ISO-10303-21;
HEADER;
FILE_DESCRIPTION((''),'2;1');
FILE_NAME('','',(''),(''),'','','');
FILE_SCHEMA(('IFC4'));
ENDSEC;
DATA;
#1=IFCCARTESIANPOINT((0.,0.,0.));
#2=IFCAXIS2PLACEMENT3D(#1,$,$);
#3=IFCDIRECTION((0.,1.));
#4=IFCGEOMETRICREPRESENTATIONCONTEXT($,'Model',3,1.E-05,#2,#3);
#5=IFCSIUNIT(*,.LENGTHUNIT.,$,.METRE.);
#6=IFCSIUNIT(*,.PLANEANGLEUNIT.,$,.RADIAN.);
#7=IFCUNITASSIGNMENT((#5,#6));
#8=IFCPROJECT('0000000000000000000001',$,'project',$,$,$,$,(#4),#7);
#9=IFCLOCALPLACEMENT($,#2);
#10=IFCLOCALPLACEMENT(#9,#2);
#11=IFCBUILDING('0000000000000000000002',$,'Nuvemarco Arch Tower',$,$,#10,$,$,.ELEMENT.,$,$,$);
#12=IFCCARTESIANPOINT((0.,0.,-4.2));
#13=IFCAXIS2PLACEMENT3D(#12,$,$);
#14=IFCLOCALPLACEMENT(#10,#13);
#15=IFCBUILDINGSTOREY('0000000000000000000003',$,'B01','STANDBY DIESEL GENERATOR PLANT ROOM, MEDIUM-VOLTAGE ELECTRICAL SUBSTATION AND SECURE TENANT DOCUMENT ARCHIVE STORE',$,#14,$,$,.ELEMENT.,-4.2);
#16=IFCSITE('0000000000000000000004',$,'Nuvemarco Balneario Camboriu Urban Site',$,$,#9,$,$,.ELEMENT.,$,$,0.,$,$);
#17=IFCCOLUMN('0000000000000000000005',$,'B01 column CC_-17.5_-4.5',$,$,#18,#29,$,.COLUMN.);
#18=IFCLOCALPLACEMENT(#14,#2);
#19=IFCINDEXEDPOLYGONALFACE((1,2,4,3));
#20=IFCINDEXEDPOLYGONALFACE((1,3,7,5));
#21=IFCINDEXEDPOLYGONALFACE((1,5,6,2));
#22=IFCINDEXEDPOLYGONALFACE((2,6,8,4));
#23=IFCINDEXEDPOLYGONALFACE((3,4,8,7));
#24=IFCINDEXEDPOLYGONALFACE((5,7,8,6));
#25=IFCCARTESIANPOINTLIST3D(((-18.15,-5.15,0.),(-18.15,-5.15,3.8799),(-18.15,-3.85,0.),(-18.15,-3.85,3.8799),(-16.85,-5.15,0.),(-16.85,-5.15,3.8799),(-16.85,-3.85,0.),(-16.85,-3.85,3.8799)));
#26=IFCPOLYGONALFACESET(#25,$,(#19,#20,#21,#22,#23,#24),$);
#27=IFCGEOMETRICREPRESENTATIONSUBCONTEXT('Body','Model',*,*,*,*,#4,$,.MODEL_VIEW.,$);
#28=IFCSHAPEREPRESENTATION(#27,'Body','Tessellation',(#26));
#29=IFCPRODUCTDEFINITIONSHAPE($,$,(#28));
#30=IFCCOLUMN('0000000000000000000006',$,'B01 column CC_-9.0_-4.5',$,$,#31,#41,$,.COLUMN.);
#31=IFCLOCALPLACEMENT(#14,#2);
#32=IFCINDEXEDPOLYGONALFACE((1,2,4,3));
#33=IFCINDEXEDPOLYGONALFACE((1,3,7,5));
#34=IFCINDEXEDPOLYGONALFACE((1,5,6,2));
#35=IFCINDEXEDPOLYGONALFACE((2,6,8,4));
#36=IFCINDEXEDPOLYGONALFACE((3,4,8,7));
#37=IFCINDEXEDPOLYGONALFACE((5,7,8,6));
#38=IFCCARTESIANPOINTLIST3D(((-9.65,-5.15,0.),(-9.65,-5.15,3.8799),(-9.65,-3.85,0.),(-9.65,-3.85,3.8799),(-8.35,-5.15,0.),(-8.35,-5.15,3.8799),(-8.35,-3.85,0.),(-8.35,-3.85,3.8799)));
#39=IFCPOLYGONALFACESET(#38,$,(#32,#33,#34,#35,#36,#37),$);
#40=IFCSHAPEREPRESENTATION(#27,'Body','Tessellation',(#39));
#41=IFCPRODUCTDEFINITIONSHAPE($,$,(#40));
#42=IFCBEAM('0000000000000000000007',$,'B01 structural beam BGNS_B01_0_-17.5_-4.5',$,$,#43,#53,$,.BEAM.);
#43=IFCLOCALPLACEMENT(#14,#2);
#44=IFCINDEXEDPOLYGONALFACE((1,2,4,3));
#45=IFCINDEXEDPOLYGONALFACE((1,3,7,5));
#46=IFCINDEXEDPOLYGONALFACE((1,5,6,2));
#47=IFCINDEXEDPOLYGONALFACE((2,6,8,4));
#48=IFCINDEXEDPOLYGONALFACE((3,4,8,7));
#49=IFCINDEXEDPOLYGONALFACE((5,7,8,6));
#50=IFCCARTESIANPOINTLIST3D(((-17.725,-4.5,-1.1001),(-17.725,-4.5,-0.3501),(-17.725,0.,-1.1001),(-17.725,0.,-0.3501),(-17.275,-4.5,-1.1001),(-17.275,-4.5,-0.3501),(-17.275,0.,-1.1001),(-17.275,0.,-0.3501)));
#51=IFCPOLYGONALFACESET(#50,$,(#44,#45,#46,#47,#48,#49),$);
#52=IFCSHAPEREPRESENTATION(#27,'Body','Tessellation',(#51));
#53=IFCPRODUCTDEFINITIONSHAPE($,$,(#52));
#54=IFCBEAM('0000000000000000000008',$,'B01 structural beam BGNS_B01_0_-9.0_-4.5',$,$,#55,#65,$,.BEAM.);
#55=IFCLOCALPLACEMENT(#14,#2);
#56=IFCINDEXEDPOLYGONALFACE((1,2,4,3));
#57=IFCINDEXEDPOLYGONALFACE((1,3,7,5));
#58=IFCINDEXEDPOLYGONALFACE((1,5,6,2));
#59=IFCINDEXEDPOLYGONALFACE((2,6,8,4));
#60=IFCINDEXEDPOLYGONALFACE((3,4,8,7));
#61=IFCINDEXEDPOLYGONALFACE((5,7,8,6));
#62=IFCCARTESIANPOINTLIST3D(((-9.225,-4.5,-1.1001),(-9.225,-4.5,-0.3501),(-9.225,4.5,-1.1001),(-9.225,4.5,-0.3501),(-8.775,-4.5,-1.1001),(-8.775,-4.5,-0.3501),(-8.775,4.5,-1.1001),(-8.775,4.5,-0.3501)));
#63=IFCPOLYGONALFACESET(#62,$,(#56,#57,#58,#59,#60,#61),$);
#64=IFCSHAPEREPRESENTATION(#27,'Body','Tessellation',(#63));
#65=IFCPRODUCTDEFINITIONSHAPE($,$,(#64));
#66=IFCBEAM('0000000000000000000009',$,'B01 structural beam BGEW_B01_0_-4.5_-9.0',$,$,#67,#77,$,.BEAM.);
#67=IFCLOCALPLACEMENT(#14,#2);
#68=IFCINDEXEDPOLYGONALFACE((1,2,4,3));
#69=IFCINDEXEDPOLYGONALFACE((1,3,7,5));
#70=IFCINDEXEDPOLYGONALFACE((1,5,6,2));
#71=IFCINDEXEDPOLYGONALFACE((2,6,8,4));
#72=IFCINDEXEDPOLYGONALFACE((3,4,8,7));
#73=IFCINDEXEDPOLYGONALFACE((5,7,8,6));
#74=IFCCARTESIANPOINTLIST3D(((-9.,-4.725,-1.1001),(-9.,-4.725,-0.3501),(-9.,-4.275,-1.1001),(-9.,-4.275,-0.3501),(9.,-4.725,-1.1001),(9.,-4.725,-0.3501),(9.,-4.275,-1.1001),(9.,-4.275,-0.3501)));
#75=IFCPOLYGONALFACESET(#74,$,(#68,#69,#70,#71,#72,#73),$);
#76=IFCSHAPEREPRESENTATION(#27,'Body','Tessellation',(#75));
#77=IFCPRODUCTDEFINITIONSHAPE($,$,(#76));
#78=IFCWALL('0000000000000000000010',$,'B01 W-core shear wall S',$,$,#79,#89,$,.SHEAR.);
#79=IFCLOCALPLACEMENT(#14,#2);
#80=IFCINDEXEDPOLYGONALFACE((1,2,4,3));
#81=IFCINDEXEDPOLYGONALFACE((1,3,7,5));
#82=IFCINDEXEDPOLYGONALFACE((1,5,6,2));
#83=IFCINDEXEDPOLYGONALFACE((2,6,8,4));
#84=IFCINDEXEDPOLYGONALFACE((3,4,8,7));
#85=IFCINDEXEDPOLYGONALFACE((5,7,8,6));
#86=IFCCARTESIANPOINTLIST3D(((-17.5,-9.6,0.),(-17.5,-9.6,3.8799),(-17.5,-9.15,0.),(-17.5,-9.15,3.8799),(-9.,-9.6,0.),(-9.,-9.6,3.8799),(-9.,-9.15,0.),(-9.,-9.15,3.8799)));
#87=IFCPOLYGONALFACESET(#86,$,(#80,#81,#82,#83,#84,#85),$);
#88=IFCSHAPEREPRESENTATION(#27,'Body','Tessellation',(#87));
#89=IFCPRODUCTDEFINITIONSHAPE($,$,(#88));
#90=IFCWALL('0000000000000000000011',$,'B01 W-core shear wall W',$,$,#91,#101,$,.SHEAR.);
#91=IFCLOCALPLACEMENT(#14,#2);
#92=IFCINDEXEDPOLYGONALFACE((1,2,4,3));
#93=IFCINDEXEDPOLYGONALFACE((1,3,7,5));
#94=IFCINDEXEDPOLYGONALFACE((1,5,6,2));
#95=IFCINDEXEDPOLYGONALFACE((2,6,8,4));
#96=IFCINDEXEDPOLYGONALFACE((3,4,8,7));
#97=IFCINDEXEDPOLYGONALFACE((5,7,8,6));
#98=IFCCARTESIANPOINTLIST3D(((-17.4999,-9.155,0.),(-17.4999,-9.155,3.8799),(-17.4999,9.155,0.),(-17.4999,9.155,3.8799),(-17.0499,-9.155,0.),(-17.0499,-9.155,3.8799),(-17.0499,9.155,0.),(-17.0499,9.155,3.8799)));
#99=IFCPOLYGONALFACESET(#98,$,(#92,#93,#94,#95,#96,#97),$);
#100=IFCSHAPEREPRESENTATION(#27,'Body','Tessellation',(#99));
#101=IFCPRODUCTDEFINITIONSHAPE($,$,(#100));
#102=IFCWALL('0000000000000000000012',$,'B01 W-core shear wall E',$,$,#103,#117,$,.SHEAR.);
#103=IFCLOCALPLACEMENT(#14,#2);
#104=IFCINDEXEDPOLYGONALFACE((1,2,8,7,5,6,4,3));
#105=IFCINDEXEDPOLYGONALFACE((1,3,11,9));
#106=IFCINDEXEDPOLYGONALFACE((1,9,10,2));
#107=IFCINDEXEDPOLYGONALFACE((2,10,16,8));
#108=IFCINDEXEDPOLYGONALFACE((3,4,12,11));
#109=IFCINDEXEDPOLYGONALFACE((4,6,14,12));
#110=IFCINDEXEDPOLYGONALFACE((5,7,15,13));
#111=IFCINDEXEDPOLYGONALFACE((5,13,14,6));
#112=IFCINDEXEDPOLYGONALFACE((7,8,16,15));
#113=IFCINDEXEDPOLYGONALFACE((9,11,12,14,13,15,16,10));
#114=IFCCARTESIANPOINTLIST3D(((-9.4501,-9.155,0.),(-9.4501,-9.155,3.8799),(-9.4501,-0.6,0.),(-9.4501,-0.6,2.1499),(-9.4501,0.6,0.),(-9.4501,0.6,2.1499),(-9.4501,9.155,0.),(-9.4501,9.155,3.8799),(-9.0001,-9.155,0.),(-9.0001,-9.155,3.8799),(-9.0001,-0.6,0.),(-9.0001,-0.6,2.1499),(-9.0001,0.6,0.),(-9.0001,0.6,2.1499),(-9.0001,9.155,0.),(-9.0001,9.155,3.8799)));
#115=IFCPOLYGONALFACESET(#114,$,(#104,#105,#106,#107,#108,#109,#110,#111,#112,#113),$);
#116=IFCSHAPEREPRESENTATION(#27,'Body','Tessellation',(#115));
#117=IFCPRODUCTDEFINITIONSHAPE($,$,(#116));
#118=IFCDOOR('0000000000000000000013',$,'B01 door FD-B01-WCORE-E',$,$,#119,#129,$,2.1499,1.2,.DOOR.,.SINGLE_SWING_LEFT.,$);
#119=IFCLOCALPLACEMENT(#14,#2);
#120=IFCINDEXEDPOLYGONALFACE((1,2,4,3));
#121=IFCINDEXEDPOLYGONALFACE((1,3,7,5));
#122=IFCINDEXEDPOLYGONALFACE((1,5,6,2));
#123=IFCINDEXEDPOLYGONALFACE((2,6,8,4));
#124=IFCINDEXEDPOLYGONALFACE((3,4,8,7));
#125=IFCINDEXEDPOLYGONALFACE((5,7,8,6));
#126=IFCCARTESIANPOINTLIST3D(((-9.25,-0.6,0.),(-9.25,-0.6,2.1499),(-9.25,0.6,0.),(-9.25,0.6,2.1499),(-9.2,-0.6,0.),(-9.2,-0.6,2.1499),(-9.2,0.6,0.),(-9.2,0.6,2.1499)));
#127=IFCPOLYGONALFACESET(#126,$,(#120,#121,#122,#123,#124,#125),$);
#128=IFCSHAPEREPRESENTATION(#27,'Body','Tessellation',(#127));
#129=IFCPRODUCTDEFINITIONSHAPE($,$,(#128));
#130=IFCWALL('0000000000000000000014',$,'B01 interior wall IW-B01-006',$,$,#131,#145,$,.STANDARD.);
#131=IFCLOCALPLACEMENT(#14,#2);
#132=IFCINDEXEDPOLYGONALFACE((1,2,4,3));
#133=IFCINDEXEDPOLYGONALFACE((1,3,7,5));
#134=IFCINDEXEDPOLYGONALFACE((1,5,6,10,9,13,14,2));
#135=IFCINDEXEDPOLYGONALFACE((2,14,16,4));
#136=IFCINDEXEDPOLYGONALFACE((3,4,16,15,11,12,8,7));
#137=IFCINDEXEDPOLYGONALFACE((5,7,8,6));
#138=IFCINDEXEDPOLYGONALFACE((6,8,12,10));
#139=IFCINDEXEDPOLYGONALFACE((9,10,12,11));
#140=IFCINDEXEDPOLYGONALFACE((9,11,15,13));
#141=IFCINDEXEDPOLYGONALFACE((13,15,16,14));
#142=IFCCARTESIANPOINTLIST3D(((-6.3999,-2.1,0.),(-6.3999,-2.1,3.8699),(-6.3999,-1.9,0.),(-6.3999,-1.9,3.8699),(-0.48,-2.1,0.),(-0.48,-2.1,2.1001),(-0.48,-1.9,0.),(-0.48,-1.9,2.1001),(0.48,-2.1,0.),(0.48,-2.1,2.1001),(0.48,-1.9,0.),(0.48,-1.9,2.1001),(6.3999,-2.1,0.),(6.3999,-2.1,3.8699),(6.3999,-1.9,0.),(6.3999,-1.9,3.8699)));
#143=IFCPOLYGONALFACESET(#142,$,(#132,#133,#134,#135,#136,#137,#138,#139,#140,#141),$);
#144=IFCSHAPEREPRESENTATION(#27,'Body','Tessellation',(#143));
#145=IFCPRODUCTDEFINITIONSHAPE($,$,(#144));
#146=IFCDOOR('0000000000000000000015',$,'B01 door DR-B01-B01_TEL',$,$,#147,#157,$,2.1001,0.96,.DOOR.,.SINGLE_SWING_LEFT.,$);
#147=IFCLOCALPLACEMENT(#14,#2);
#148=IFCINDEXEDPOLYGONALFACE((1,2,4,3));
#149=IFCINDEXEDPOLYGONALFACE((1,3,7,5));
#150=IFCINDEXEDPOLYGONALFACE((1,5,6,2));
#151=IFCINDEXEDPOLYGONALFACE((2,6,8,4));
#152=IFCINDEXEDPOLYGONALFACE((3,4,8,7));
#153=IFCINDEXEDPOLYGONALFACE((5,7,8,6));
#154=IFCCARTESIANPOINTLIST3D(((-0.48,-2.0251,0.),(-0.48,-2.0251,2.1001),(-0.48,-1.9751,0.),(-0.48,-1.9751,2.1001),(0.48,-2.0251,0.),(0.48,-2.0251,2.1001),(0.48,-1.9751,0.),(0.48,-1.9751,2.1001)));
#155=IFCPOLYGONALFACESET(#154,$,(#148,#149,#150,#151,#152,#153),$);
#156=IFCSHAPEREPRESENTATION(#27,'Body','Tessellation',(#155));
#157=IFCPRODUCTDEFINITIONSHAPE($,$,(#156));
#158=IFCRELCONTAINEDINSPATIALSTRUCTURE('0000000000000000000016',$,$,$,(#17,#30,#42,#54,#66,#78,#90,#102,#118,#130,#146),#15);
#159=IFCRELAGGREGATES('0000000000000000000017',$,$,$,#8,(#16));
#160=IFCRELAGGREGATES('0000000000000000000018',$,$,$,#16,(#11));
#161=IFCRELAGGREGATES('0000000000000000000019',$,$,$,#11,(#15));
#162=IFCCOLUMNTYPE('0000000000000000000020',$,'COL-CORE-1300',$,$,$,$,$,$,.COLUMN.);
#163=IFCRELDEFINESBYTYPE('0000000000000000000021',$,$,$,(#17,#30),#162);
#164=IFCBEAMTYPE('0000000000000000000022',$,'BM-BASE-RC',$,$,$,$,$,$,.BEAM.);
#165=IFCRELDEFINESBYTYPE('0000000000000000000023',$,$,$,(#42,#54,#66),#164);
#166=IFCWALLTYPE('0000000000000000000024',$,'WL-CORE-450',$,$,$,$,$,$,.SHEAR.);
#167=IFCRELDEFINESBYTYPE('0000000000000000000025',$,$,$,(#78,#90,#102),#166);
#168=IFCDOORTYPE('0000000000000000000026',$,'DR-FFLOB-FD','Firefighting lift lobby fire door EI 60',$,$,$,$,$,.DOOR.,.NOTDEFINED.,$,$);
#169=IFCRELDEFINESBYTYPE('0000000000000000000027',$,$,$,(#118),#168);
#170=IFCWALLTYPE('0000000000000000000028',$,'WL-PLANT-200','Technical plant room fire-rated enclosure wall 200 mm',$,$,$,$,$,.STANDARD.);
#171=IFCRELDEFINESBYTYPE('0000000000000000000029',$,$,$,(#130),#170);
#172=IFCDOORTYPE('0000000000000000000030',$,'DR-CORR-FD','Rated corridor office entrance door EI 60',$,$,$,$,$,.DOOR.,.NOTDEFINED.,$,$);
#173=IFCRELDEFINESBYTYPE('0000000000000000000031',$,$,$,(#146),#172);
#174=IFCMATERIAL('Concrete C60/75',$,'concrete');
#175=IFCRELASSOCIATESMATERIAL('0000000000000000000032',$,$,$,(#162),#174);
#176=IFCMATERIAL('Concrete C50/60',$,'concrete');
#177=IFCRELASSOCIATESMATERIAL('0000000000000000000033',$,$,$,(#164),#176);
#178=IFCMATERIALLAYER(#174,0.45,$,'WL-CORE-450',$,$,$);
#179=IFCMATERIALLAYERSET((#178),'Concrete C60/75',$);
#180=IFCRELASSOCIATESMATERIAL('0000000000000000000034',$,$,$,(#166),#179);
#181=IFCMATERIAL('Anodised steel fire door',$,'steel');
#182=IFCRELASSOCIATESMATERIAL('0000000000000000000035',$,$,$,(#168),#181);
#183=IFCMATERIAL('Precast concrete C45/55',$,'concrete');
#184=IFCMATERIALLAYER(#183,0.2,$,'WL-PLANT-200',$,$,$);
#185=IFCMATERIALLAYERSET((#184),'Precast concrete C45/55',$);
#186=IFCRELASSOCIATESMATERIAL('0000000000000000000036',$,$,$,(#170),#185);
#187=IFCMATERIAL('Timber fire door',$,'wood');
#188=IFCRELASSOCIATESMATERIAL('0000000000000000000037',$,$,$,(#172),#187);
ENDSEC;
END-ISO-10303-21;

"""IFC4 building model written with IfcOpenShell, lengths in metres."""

from ifc_helpers import new_model, si_unit, direction, frame, frame_2d, origin, origin_2d, place, context, subcontext, project, spatial, rectangle, extrude, source, transform, mapped, material, layer, layer_set, material_profile, profile_set, type_object, type_shapes, element, fill, save


model = new_model("IFC4")

# Units and contexts
model_context = context("Model", 3, precision=1e-05, world=origin(), true_north=direction((0.0, 1.0)))
body_context = subcontext(model_context, "Body", "Model", "MODEL_VIEW")
ifc_project = project(units=[si_unit("LENGTHUNIT", "METRE"), si_unit("PLANEANGLEUNIT", "RADIAN")], contexts=[model_context])

# Site, building, storey
site_placement = place(None, origin())
site = spatial("IfcSite", under=ifc_project, at=site_placement, Name="Nuvemarco Balneario Camboriu Urban Site", CompositionType="ELEMENT", RefElevation=0.0)
building_placement = place(site_placement, origin())
building = spatial("IfcBuilding", under=site, at=building_placement, Name="Nuvemarco Arch Tower", CompositionType="ELEMENT")
storey_placement = place(building_placement, frame((0.0, 0.0, -4.2)))
storey = spatial("IfcBuildingStorey", under=building, at=storey_placement, Name="B01", Description="STANDBY DIESEL GENERATOR PLANT ROOM, MEDIUM-VOLTAGE ELECTRICAL SUBSTATION AND SECURE TENANT DOCUMENT ARCHIVE STORE", CompositionType="ELEMENT", Elevation=-4.2)

# Columns
ifc_material_1 = material(Name="Concrete C60/75", Category="concrete")
ifc_material_profile_1 = material_profile(ifc_material_1, rectangle(XDim=1.3, YDim=1.3, at=origin_2d()), Name="RC-COL-1300x1300")
ifc_profile_set_1 = profile_set([ifc_material_profile_1], Name="Concrete C60/75")
column_type = type_object("IfcColumnType", Name="COL-CORE-1300", PredefinedType="COLUMN", material=ifc_profile_set_1)
for number, where, z_axis, x_axis, name in (
    (1, (-17.5, -4.5, 0.0), (0.0, 0.0, 1.0), (1.0, 0.0, 0.0), "B01 column CC_-17.5_-4.5"),
    (2, (-9.0, -4.5, 0.0), (0.0, 0.0, 1.0), (1.0, 0.0, 0.0), "B01 column CC_-9.0_-4.5"),
):
    element("IfcColumn", number, at=place(storey_placement, frame(where, z_axis=z_axis, x_axis=x_axis)), inside=storey, type_object=column_type, Name=name, PredefinedType="COLUMN", context=body_context, shape_type="SweptSolid", body=[
        extrude(rectangle(XDim=1.3, YDim=1.3, at=origin_2d()), origin(), (0.0, 0.0, 1.0), 3.8799),
    ])

# Beams
ifc_material_2 = material(Name="Concrete C50/60", Category="concrete")
ifc_material_profile_2 = material_profile(ifc_material_2, rectangle(XDim=0.45, YDim=0.75, at=origin_2d()), Name="RC-BM-450x750")
ifc_profile_set_2 = profile_set([ifc_material_profile_2], Name="Concrete C50/60")
beam_type = type_object("IfcBeamType", Name="BM-BASE-RC", PredefinedType="BEAM", material=ifc_profile_set_2)
beam_1_placement = place(storey_placement, frame((-17.5, -4.5, -0.7251), z_axis=(0.0, 1.0, 0.0), x_axis=(-1.0, 0.0, 0.0)))
element("IfcBeam", 3, at=beam_1_placement, inside=storey, type_object=beam_type, Name="B01 structural beam BGNS_B01_0_-17.5_-4.5", PredefinedType="BEAM", context=body_context, shape_type="SweptSolid", body=[
    extrude(rectangle(XDim=0.45, YDim=0.75, at=origin_2d()), origin(), (0.0, 0.0, 1.0), 4.5),
])
beam_2_placement = place(storey_placement, frame((-9.0, -4.5, -0.7251), z_axis=(0.0, 1.0, 0.0), x_axis=(-1.0, 0.0, 0.0)))
element("IfcBeam", 4, at=beam_2_placement, inside=storey, type_object=beam_type, Name="B01 structural beam BGNS_B01_0_-9.0_-4.5", PredefinedType="BEAM", context=body_context, shape_type="SweptSolid", body=[
    extrude(rectangle(XDim=0.45, YDim=0.75, at=origin_2d()), origin(), (0.0, 0.0, 1.0), 9.0),
])
beam_3_placement = place(storey_placement, frame((-9.0, -4.5, -0.7251), z_axis=(1.0, 0.0, 0.0), x_axis=(0.0, 1.0, 0.0)))
element("IfcBeam", 5, at=beam_3_placement, inside=storey, type_object=beam_type, Name="B01 structural beam BGEW_B01_0_-4.5_-9.0", PredefinedType="BEAM", context=body_context, shape_type="SweptSolid", body=[
    extrude(rectangle(XDim=0.45, YDim=0.75, at=origin_2d()), origin(), (0.0, 0.0, 1.0), 18.0),
])

# Walls
ifc_layer_1 = layer(ifc_material_1, 0.45, Name="WL-CORE-450")
ifc_layer_set_1 = layer_set([ifc_layer_1], Name="Concrete C60/75")
wall_type_1 = type_object("IfcWallType", Name="WL-CORE-450", PredefinedType="SHEAR", material=ifc_layer_set_1)
wall_1_placement = place(storey_placement, frame((-17.5, -9.375, 0.0), z_axis=(0.0, 0.0, 1.0), x_axis=(1.0, 0.0, 0.0)))
element("IfcWall", 6, at=wall_1_placement, inside=storey, type_object=wall_type_1, Name="B01 W-core shear wall S", PredefinedType="SHEAR", context=body_context, shape_type="SweptSolid", body=[
    extrude(rectangle(XDim=8.5, YDim=0.45, at=frame_2d((4.25, 0.0))), origin(), (0.0, 0.0, 1.0), 3.8799),
])
wall_2_placement = place(storey_placement, frame((-17.2749, -9.155, 0.0), z_axis=(0.0, 0.0, 1.0), x_axis=(0.0, 1.0, 0.0)))
element("IfcWall", 7, at=wall_2_placement, inside=storey, type_object=wall_type_1, Name="B01 W-core shear wall W", PredefinedType="SHEAR", context=body_context, shape_type="SweptSolid", body=[
    extrude(rectangle(XDim=18.3101, YDim=0.45, at=frame_2d((9.155, 0.0))), origin(), (0.0, 0.0, 1.0), 3.8799),
])

# Walls, openings, doors
wall_3_placement = place(storey_placement, frame((-9.2251, -9.155, 0.0), z_axis=(0.0, 0.0, 1.0), x_axis=(0.0, 1.0, 0.0)))
wall_3 = element("IfcWall", 8, at=wall_3_placement, inside=storey, type_object=wall_type_1, Name="B01 W-core shear wall E", PredefinedType="SHEAR", context=body_context, shape_type="SweptSolid", body=[
    extrude(rectangle(XDim=18.3101, YDim=0.45, at=frame_2d((9.155, 0.0))), origin(), (0.0, 0.0, 1.0), 3.8799),
])
opening_1_placement = place(wall_3_placement, frame((8.5549, 0.0, 0.0)))
opening_1 = element("IfcOpeningElement", 9, at=opening_1_placement, cuts=wall_3, PredefinedType="OPENING", context=body_context, shape_type="SweptSolid", body=[
    extrude(rectangle(XDim=1.2, YDim=2.1499, at=frame_2d((0.6001, 1.075))), frame((0.0, 0.2349, 0.0), z_axis=(0.0, -1.0, 0.0), x_axis=(1.0, 0.0, 0.0)), (0.0, 0.0, 1.0), 0.47),
])
ifc_material_3 = material(Name="Anodised steel fire door", Category="steel")
door_type_1 = type_object("IfcDoorType", Name="DR-FFLOB-FD", Description="Firefighting lift lobby fire door EI 60", OperationType="NOTDEFINED", PredefinedType="DOOR", material=ifc_material_3)
shared_shape_1 = source(origin(), body_context, "Body", "SweptSolid", [
    extrude(rectangle(XDim=1.2, YDim=2.1499, at=frame_2d((0.6001, 1.075))), frame((0.0, 0.0249, 0.0), z_axis=(0.0, -1.0, 0.0), x_axis=(1.0, 0.0, 0.0)), (0.0, 0.0, 1.0), 0.05),
])
type_shapes(door_type_1, [shared_shape_1])
door_1_placement = place(opening_1_placement, origin())
door_1 = element("IfcDoor", 10, at=door_1_placement, inside=storey, type_object=door_type_1, Name="B01 door FD-B01-WCORE-E", OperationType="SINGLE_SWING_LEFT", OverallHeight=2.1499, OverallWidth=1.2, PredefinedType="DOOR", context=body_context, shape_type="MappedRepresentation", body=[
    mapped(shared_shape_1, transform((0.0, 0.0, 0.0), scale=1.0)),
])
fill(opening_1, door_1)
ifc_material_4 = material(Name="Precast concrete C45/55", Category="concrete")
ifc_layer_2 = layer(ifc_material_4, 0.2, Name="WL-PLANT-200")
ifc_layer_set_2 = layer_set([ifc_layer_2], Name="Precast concrete C45/55")
wall_type_2 = type_object("IfcWallType", Name="WL-PLANT-200", Description="Technical plant room fire-rated enclosure wall 200 mm", PredefinedType="STANDARD", material=ifc_layer_set_2)
wall_4_placement = place(storey_placement, frame((-6.3999, -2.0, 0.0), z_axis=(0.0, 0.0, 1.0), x_axis=(1.0, 0.0, 0.0)))
wall_4 = element("IfcWall", 11, at=wall_4_placement, inside=storey, type_object=wall_type_2, Name="B01 interior wall IW-B01-006", PredefinedType="STANDARD", context=body_context, shape_type="SweptSolid", body=[
    extrude(rectangle(XDim=12.7998, YDim=0.2, at=frame_2d((6.3999, 0.0))), origin(), (0.0, 0.0, 1.0), 3.8699),
])
opening_2_placement = place(wall_4_placement, frame((5.9199, 0.0, 0.0)))
opening_2 = element("IfcOpeningElement", 12, at=opening_2_placement, cuts=wall_4, PredefinedType="OPENING", context=body_context, shape_type="SweptSolid", body=[
    extrude(rectangle(XDim=0.96, YDim=2.1001, at=frame_2d((0.48, 1.05))), frame((0.0, 0.1099, 0.0), z_axis=(0.0, -1.0, 0.0), x_axis=(1.0, 0.0, 0.0)), (0.0, 0.0, 1.0), 0.22),
])
ifc_material_5 = material(Name="Timber fire door", Category="wood")
door_type_2 = type_object("IfcDoorType", Name="DR-CORR-FD", Description="Rated corridor office entrance door EI 60", OperationType="NOTDEFINED", PredefinedType="DOOR", material=ifc_material_5)
shared_shape_2 = source(origin(), body_context, "Body", "SweptSolid", [
    extrude(rectangle(XDim=0.96, YDim=2.1001, at=frame_2d((0.48, 1.05))), frame((0.0, 0.0249, 0.0), z_axis=(0.0, -1.0, 0.0), x_axis=(1.0, 0.0, 0.0)), (0.0, 0.0, 1.0), 0.05),
])
type_shapes(door_type_2, [shared_shape_2])
door_2_placement = place(opening_2_placement, origin())
door_2 = element("IfcDoor", 13, at=door_2_placement, inside=storey, type_object=door_type_2, Name="B01 door DR-B01-B01_TEL", OperationType="SINGLE_SWING_LEFT", OverallHeight=2.1001, OverallWidth=0.96, PredefinedType="DOOR", context=body_context, shape_type="MappedRepresentation", body=[
    mapped(shared_shape_2, transform((0.0, 0.0, 0.0), scale=1.0)),
])
fill(opening_2, door_2)

save(model, "model.ifc")
